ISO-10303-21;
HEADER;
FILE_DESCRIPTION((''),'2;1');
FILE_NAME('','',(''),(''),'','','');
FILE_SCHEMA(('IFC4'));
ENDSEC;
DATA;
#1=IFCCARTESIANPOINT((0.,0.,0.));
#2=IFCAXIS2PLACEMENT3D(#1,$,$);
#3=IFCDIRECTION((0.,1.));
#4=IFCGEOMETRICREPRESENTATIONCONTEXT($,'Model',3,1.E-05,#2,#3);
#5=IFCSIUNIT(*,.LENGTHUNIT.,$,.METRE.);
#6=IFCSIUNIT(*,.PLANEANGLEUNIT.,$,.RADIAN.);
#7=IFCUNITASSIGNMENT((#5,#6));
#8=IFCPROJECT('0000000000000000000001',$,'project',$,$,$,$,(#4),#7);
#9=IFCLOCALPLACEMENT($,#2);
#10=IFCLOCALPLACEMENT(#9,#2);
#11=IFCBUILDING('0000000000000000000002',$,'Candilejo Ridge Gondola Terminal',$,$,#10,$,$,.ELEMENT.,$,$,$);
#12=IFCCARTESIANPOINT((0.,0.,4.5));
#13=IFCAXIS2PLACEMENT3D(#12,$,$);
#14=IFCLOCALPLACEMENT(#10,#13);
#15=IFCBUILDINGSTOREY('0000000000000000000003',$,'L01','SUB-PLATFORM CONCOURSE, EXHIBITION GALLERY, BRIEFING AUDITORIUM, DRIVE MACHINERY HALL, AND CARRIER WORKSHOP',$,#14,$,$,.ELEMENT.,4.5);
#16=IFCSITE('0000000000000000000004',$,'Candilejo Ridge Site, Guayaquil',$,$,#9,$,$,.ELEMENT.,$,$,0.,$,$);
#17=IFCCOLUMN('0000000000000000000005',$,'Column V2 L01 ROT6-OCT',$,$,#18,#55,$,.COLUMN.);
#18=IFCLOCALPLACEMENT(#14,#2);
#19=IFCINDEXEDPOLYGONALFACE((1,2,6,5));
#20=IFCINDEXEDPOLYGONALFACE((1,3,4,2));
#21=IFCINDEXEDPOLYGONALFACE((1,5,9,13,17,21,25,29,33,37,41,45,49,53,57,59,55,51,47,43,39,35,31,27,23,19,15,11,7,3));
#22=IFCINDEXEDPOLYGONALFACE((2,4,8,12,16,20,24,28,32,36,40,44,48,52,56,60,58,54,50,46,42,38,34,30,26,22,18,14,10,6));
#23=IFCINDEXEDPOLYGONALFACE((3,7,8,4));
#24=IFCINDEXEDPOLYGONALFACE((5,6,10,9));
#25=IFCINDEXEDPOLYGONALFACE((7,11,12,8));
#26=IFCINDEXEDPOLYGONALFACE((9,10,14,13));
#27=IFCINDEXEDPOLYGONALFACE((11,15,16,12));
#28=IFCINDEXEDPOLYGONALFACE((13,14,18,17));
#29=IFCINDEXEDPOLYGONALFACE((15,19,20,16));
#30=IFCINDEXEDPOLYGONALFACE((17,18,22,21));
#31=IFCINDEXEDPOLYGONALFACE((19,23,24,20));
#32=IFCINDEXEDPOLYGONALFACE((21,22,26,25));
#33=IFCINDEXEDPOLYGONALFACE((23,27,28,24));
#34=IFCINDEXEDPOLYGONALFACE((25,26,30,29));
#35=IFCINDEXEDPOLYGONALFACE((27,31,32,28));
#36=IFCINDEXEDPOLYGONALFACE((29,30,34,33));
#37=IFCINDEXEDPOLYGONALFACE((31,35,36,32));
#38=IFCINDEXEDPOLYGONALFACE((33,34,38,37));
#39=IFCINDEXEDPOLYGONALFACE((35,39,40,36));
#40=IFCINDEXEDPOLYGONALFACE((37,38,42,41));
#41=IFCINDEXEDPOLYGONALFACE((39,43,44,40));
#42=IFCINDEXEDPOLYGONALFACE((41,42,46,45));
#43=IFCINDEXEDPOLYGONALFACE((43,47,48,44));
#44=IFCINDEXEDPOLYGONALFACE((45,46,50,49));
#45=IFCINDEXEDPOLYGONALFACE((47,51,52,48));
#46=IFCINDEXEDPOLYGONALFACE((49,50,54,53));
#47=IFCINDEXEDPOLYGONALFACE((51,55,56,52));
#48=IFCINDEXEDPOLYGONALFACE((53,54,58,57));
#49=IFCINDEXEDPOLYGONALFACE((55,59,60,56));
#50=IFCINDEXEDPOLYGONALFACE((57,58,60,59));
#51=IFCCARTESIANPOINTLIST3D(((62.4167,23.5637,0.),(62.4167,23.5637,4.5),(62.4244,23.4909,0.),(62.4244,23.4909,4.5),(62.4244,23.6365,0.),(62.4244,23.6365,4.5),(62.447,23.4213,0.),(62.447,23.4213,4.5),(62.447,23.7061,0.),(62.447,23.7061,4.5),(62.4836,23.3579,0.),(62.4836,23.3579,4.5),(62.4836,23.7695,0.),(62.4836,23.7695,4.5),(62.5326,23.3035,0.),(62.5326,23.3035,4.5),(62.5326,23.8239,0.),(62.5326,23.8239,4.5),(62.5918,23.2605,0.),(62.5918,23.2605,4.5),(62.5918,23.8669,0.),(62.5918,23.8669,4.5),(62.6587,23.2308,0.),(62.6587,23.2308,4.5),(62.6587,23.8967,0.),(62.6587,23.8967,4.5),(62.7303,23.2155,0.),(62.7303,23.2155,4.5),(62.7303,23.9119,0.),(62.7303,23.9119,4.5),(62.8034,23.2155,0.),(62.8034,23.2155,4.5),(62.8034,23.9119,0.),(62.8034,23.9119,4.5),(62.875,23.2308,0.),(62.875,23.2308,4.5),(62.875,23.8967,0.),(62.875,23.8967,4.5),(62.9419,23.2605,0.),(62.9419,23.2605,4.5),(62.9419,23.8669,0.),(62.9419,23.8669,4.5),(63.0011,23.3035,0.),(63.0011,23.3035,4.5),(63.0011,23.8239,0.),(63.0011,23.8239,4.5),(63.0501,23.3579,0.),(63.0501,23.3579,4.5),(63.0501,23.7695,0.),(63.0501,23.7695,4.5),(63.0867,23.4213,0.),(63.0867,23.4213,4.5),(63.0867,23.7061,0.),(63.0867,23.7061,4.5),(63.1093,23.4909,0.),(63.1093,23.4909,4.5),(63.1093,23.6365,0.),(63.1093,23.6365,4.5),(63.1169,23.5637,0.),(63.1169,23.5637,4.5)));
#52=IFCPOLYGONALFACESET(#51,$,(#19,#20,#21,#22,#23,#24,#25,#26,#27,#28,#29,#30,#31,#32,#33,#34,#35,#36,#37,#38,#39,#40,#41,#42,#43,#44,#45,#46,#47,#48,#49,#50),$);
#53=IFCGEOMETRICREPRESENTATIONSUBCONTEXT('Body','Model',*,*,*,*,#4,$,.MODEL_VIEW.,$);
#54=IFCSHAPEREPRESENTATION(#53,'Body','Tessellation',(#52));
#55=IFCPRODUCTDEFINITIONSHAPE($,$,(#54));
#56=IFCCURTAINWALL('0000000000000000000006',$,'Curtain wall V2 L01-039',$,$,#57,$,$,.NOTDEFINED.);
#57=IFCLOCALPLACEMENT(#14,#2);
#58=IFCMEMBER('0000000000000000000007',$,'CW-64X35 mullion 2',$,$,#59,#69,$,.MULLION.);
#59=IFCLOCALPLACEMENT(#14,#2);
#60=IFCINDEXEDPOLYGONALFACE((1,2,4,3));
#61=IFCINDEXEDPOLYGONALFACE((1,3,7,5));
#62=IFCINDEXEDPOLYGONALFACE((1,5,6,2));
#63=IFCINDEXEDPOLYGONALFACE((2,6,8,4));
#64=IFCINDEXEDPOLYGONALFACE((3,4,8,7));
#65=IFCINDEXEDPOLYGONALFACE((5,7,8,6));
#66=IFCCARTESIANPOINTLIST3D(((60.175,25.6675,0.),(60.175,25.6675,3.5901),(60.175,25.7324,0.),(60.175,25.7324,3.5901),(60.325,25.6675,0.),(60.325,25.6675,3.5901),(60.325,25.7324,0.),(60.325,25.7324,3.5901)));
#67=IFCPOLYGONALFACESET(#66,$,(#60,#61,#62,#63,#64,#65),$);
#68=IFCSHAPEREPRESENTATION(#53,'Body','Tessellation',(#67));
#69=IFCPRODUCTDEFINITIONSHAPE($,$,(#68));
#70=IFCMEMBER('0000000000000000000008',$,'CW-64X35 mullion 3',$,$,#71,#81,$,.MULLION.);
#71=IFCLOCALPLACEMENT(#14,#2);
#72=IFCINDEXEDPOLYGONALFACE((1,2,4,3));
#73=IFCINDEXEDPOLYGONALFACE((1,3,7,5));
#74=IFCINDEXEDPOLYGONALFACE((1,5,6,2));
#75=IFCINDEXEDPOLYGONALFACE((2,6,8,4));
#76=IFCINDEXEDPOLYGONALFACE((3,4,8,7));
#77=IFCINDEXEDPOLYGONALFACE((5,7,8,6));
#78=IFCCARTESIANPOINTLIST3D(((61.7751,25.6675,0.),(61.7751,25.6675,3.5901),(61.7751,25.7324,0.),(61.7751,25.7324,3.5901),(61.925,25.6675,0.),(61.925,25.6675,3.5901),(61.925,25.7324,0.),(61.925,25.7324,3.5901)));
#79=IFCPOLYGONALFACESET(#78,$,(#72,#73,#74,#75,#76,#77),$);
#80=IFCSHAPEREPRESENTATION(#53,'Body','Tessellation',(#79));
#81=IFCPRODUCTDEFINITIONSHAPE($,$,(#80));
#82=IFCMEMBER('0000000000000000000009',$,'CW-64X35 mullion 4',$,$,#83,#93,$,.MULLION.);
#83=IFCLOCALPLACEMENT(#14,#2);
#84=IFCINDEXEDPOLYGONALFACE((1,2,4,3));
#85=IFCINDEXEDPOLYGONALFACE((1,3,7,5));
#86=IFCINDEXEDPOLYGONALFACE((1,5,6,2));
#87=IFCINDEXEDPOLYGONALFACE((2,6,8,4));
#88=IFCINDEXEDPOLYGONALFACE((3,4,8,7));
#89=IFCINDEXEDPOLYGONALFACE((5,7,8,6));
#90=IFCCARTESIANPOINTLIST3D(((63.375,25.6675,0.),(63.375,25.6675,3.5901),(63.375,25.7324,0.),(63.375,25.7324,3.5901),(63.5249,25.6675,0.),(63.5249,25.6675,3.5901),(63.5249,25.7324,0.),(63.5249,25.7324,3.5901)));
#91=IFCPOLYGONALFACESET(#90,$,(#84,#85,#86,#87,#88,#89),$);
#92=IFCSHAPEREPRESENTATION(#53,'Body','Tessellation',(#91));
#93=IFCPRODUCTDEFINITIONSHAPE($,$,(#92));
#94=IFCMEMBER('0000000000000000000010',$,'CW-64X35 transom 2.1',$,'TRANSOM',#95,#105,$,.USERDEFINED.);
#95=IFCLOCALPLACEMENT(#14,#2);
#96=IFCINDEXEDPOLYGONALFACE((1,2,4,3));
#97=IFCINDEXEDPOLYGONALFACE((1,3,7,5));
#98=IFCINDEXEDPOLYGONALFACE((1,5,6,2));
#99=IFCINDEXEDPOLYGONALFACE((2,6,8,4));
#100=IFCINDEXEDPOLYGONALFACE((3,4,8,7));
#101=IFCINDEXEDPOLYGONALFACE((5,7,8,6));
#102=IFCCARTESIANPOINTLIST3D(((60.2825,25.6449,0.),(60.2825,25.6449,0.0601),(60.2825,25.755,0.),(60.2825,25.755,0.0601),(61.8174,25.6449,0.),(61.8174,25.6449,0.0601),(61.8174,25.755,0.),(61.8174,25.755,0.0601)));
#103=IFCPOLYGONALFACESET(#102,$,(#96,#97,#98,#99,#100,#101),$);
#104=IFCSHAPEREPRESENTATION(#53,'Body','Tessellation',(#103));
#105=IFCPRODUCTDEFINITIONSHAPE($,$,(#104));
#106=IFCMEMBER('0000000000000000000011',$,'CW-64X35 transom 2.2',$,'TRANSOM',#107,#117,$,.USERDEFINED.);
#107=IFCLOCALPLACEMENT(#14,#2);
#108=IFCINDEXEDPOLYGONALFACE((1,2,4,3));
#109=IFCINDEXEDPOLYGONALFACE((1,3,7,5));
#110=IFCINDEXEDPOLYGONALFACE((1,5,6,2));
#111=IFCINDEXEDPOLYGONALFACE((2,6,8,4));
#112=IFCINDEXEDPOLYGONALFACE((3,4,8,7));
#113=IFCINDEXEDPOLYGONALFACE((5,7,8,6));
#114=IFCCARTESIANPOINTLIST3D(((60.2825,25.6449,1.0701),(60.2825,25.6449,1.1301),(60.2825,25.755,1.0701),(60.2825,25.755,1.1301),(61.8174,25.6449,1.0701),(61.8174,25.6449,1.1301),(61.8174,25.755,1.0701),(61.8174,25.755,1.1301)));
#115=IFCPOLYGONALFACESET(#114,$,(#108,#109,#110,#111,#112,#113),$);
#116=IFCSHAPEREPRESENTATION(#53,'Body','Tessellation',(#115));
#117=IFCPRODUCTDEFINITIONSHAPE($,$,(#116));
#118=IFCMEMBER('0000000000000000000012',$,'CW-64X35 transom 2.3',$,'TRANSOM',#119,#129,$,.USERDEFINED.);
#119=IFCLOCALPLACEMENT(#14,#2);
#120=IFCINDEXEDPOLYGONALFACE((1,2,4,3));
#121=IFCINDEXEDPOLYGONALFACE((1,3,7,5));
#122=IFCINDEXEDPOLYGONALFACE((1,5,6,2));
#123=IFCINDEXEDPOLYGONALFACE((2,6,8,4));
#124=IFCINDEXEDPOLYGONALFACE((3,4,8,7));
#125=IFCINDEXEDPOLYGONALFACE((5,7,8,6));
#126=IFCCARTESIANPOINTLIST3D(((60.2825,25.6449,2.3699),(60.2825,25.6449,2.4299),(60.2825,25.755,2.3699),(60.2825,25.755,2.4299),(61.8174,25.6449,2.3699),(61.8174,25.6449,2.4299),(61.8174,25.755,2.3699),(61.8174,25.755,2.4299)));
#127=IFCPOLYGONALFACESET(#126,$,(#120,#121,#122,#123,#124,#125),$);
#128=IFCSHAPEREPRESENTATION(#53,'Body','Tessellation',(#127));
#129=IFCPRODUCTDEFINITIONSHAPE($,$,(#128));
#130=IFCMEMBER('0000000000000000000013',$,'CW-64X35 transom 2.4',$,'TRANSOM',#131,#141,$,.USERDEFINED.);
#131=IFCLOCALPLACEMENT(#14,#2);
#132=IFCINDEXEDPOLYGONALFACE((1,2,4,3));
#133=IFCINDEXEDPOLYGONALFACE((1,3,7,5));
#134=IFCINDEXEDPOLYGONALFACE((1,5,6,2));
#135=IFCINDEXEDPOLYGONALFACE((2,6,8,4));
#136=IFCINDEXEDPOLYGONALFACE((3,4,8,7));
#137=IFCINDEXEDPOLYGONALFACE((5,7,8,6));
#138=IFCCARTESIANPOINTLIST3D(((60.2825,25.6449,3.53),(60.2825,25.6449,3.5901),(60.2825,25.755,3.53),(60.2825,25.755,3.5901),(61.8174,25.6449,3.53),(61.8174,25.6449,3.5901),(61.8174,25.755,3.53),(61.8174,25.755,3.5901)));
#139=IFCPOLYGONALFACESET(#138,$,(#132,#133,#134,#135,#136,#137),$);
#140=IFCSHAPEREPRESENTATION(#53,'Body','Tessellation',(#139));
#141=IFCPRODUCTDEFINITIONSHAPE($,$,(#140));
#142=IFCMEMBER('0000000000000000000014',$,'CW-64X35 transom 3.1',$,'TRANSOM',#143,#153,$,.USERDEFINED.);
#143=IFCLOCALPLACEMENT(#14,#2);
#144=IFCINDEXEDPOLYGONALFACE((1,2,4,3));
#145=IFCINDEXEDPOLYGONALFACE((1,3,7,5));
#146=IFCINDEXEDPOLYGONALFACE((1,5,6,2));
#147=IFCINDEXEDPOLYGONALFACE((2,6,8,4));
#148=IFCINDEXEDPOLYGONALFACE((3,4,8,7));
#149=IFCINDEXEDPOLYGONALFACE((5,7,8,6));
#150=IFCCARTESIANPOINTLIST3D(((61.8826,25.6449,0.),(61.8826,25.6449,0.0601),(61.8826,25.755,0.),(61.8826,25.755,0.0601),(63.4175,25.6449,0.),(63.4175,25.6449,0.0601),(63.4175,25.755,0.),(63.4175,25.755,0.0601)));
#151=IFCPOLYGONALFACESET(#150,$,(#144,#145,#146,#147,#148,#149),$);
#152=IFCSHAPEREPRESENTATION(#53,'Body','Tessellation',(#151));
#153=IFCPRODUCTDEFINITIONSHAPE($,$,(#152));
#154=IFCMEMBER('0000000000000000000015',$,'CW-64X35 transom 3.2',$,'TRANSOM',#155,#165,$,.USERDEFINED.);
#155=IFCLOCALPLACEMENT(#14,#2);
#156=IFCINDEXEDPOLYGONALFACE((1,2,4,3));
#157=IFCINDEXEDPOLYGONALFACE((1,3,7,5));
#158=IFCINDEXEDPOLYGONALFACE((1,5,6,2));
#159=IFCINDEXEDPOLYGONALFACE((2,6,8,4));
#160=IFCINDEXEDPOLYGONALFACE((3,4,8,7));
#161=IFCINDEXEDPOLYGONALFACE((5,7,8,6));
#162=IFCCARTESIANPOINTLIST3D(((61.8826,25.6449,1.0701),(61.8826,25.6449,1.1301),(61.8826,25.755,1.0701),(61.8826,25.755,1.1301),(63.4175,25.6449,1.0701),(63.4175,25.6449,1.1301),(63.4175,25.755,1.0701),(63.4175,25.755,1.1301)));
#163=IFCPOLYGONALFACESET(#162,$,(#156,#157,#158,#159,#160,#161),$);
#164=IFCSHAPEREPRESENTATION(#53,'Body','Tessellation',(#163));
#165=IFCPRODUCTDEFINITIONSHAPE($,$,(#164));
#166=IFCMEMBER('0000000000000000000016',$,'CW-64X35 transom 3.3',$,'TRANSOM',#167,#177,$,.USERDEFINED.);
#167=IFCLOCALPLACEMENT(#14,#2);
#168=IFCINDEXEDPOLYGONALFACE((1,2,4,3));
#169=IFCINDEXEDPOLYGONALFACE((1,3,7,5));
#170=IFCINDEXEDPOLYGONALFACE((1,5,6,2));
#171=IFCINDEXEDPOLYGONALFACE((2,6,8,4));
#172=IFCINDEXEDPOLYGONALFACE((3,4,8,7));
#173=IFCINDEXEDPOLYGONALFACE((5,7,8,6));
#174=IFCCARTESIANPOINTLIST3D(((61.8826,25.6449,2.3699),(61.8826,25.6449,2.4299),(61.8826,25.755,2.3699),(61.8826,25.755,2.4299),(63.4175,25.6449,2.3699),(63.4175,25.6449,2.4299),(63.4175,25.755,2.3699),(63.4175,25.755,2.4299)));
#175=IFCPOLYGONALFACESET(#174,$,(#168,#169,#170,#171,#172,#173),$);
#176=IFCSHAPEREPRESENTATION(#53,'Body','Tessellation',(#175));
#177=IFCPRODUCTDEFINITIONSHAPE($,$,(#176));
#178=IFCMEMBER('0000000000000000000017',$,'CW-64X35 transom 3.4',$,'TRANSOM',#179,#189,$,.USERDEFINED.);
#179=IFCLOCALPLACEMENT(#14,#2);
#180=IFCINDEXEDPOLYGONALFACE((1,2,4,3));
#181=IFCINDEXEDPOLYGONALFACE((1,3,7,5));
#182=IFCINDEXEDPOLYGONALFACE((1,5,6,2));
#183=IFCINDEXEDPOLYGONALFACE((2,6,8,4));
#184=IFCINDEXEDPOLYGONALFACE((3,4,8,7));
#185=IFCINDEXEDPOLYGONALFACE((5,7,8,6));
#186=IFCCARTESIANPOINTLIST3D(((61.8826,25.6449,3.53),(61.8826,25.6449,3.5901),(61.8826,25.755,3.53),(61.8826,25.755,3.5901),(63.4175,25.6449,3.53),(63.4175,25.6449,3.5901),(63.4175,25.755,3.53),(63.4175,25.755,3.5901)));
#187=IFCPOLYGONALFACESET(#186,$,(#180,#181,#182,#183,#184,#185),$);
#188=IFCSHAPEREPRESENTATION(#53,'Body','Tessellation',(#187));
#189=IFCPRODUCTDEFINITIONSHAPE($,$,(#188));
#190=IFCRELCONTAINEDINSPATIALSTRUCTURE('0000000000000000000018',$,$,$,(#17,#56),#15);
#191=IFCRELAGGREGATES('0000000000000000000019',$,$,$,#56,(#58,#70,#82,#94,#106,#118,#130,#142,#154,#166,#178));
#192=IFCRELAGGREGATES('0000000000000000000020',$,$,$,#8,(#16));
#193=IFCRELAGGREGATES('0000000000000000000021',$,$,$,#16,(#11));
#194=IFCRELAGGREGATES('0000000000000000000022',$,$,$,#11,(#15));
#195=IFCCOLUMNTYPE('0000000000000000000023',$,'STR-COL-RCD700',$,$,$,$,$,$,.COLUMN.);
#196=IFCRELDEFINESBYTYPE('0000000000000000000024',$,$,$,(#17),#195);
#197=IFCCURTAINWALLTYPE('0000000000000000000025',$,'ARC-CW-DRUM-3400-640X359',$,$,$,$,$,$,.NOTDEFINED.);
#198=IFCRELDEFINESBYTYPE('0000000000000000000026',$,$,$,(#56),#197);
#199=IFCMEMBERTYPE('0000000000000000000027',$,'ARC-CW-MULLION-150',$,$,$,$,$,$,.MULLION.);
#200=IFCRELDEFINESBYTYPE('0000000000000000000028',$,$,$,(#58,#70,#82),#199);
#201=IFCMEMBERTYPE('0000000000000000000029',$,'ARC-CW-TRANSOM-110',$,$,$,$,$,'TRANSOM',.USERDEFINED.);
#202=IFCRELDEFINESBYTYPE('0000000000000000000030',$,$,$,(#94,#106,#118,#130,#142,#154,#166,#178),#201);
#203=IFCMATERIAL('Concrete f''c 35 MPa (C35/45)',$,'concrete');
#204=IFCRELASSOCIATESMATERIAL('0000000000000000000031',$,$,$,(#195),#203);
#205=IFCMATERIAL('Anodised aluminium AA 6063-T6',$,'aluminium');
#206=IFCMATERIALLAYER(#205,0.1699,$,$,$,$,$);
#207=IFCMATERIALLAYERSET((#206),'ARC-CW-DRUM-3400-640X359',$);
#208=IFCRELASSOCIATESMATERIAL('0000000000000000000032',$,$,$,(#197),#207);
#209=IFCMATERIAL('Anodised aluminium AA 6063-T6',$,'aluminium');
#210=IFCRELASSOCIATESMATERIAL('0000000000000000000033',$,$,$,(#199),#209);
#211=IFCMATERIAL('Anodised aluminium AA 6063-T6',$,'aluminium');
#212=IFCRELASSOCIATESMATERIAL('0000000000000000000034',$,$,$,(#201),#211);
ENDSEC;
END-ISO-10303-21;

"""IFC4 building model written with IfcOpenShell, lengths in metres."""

from ifc_helpers import new_model, si_unit, direction, frame, origin, origin_2d, place, context, subcontext, project, spatial, rectangle, circle, extrude, material, layer, layer_set, material_profile, profile_set, type_object, element, aggregate, save


model = new_model("IFC4")

# Units and contexts
model_context = context("Model", 3, precision=1e-05, world=origin(), true_north=direction((0.0, 1.0)))
body_context = subcontext(model_context, "Body", "Model", "MODEL_VIEW")
ifc_project = project(units=[si_unit("LENGTHUNIT", "METRE"), si_unit("PLANEANGLEUNIT", "RADIAN")], contexts=[model_context])

# Site, building, storey
site_placement = place(None, origin())
site = spatial("IfcSite", under=ifc_project, at=site_placement, Name="Candilejo Ridge Site, Guayaquil", CompositionType="ELEMENT", RefElevation=0.0)
building_placement = place(site_placement, origin())
building = spatial("IfcBuilding", under=site, at=building_placement, Name="Candilejo Ridge Gondola Terminal", CompositionType="ELEMENT")
storey_placement = place(building_placement, frame((0.0, 0.0, 4.5)))
storey = spatial("IfcBuildingStorey", under=building, at=storey_placement, Name="L01", Description="SUB-PLATFORM CONCOURSE, EXHIBITION GALLERY, BRIEFING AUDITORIUM, DRIVE MACHINERY HALL, AND CARRIER WORKSHOP", CompositionType="ELEMENT", Elevation=4.5)

# Column
ifc_material_1 = material(Name="Concrete f'c 35 MPa (C35/45)", Category="concrete")
ifc_material_profile_1 = material_profile(ifc_material_1, circle(Radius=0.3501, at=origin_2d()))
ifc_profile_set_1 = profile_set([ifc_material_profile_1], Name="Concrete f'c 35 MPa (C35/45)")
column_type = type_object("IfcColumnType", Name="STR-COL-RCD700", PredefinedType="COLUMN", material=ifc_profile_set_1)
column_placement = place(storey_placement, frame((62.7668, 23.5637, 0.0), z_axis=(0.0, 0.0, 1.0), x_axis=(1.0, 0.0, 0.0)))
element("IfcColumn", 1, at=column_placement, inside=storey, type_object=column_type, Name="Column V2 L01 ROT6-OCT", PredefinedType="COLUMN", context=body_context, shape_type="SweptSolid", body=[
    extrude(circle(Radius=0.3501, at=origin_2d()), origin(), (0.0, 0.0, 1.0), 4.5),
])

# Curtain wall, members
ifc_material_2 = material(Name="Anodised aluminium AA 6063-T6", Category="aluminium")
ifc_layer_1 = layer(ifc_material_2, 0.1699)
ifc_layer_set_1 = layer_set([ifc_layer_1], Name="ARC-CW-DRUM-3400-640X359")
curtain_wall_type = type_object("IfcCurtainWallType", Name="ARC-CW-DRUM-3400-640X359", PredefinedType="NOTDEFINED", material=ifc_layer_set_1)
curtain_wall_placement = place(storey_placement, origin())
curtain_wall = element("IfcCurtainWall", 2, at=curtain_wall_placement, inside=storey, type_object=curtain_wall_type, Name="Curtain wall V2 L01-039", PredefinedType="NOTDEFINED")
ifc_material_3 = material(Name="Anodised aluminium AA 6063-T6", Category="aluminium")
ifc_material_profile_2 = material_profile(ifc_material_3, rectangle(XDim=0.0649, YDim=0.1499, at=origin_2d()))
ifc_profile_set_2 = profile_set([ifc_material_profile_2], Name="Anodised aluminium AA 6063-T6")
member_type_1 = type_object("IfcMemberType", Name="ARC-CW-MULLION-150", PredefinedType="MULLION", material=ifc_profile_set_2)
member_1_placement = place(storey_placement, frame((60.25, 25.7, 0.0), z_axis=(0.0, 0.0, 1.0), x_axis=(0.0, 1.0, 0.0)))
member_1 = element("IfcMember", 3, at=member_1_placement, type_object=member_type_1, Name="CW-64X35 mullion 2", PredefinedType="MULLION", context=body_context, shape_type="SweptSolid", body=[
    extrude(rectangle(XDim=0.0649, YDim=0.1499, at=origin_2d()), origin(), (0.0, 0.0, 1.0), 3.5901),
])
member_2_placement = place(storey_placement, frame((61.8501, 25.7, 0.0), z_axis=(0.0, 0.0, 1.0), x_axis=(0.0, 1.0, 0.0)))
member_2 = element("IfcMember", 4, at=member_2_placement, type_object=member_type_1, Name="CW-64X35 mullion 3", PredefinedType="MULLION", context=body_context, shape_type="SweptSolid", body=[
    extrude(rectangle(XDim=0.0649, YDim=0.1499, at=origin_2d()), origin(), (0.0, 0.0, 1.0), 3.5901),
])
member_3_placement = place(storey_placement, frame((63.45, 25.7, 0.0), z_axis=(0.0, 0.0, 1.0), x_axis=(0.0, 1.0, 0.0)))
member_3 = element("IfcMember", 5, at=member_3_placement, type_object=member_type_1, Name="CW-64X35 mullion 4", PredefinedType="MULLION", context=body_context, shape_type="SweptSolid", body=[
    extrude(rectangle(XDim=0.0649, YDim=0.1499, at=origin_2d()), origin(), (0.0, 0.0, 1.0), 3.5901),
])
ifc_material_4 = material(Name="Anodised aluminium AA 6063-T6", Category="aluminium")
ifc_material_profile_3 = material_profile(ifc_material_4, rectangle(XDim=0.1101, YDim=0.0601, at=origin_2d()))
ifc_profile_set_3 = profile_set([ifc_material_profile_3], Name="Anodised aluminium AA 6063-T6")
member_type_2 = type_object("IfcMemberType", Name="ARC-CW-TRANSOM-110", ElementType="TRANSOM", PredefinedType="USERDEFINED", material=ifc_profile_set_3)
member_4_placement = place(storey_placement, frame((60.2825, 25.7, 0.03), z_axis=(1.0, 0.0, 0.0), x_axis=(0.0, 1.0, 0.0)))
member_4 = element("IfcMember", 6, at=member_4_placement, type_object=member_type_2, Name="CW-64X35 transom 2.1", ObjectType="TRANSOM", PredefinedType="USERDEFINED", context=body_context, shape_type="SweptSolid", body=[
    extrude(rectangle(XDim=0.1101, YDim=0.0601, at=origin_2d()), origin(), (0.0, 0.0, 1.0), 1.5349),
])
member_5_placement = place(storey_placement, frame((60.2825, 25.7, 1.1001), z_axis=(1.0, 0.0, 0.0), x_axis=(0.0, 1.0, 0.0)))
member_5 = element("IfcMember", 7, at=member_5_placement, type_object=member_type_2, Name="CW-64X35 transom 2.2", ObjectType="TRANSOM", PredefinedType="USERDEFINED", context=body_context, shape_type="SweptSolid", body=[
    extrude(rectangle(XDim=0.1101, YDim=0.0601, at=origin_2d()), origin(), (0.0, 0.0, 1.0), 1.5349),
])
member_6_placement = place(storey_placement, frame((60.2825, 25.7, 2.3999), z_axis=(1.0, 0.0, 0.0), x_axis=(0.0, 1.0, 0.0)))
member_6 = element("IfcMember", 8, at=member_6_placement, type_object=member_type_2, Name="CW-64X35 transom 2.3", ObjectType="TRANSOM", PredefinedType="USERDEFINED", context=body_context, shape_type="SweptSolid", body=[
    extrude(rectangle(XDim=0.1101, YDim=0.0601, at=origin_2d()), origin(), (0.0, 0.0, 1.0), 1.5349),
])
member_7_placement = place(storey_placement, frame((60.2825, 25.7, 3.5601), z_axis=(1.0, 0.0, 0.0), x_axis=(0.0, 1.0, 0.0)))
member_7 = element("IfcMember", 9, at=member_7_placement, type_object=member_type_2, Name="CW-64X35 transom 2.4", ObjectType="TRANSOM", PredefinedType="USERDEFINED", context=body_context, shape_type="SweptSolid", body=[
    extrude(rectangle(XDim=0.1101, YDim=0.0601, at=origin_2d()), origin(), (0.0, 0.0, 1.0), 1.5349),
])
member_8_placement = place(storey_placement, frame((61.8826, 25.7, 0.03), z_axis=(1.0, 0.0, 0.0), x_axis=(0.0, 1.0, 0.0)))
member_8 = element("IfcMember", 10, at=member_8_placement, type_object=member_type_2, Name="CW-64X35 transom 3.1", ObjectType="TRANSOM", PredefinedType="USERDEFINED", context=body_context, shape_type="SweptSolid", body=[
    extrude(rectangle(XDim=0.1101, YDim=0.0601, at=origin_2d()), origin(), (0.0, 0.0, 1.0), 1.5349),
])
member_9_placement = place(storey_placement, frame((61.8826, 25.7, 1.1001), z_axis=(1.0, 0.0, 0.0), x_axis=(0.0, 1.0, 0.0)))
member_9 = element("IfcMember", 11, at=member_9_placement, type_object=member_type_2, Name="CW-64X35 transom 3.2", ObjectType="TRANSOM", PredefinedType="USERDEFINED", context=body_context, shape_type="SweptSolid", body=[
    extrude(rectangle(XDim=0.1101, YDim=0.0601, at=origin_2d()), origin(), (0.0, 0.0, 1.0), 1.5349),
])
member_10_placement = place(storey_placement, frame((61.8826, 25.7, 2.3999), z_axis=(1.0, 0.0, 0.0), x_axis=(0.0, 1.0, 0.0)))
member_10 = element("IfcMember", 12, at=member_10_placement, type_object=member_type_2, Name="CW-64X35 transom 3.3", ObjectType="TRANSOM", PredefinedType="USERDEFINED", context=body_context, shape_type="SweptSolid", body=[
    extrude(rectangle(XDim=0.1101, YDim=0.0601, at=origin_2d()), origin(), (0.0, 0.0, 1.0), 1.5349),
])
member_11_placement = place(storey_placement, frame((61.8826, 25.7, 3.5601), z_axis=(1.0, 0.0, 0.0), x_axis=(0.0, 1.0, 0.0)))
member_11 = element("IfcMember", 13, at=member_11_placement, type_object=member_type_2, Name="CW-64X35 transom 3.4", ObjectType="TRANSOM", PredefinedType="USERDEFINED", context=body_context, shape_type="SweptSolid", body=[
    extrude(rectangle(XDim=0.1101, YDim=0.0601, at=origin_2d()), origin(), (0.0, 0.0, 1.0), 1.5349),
])

aggregate(curtain_wall, [member_1, member_2, member_3, member_4, member_5, member_6, member_7, member_8, member_9, member_10, member_11])

save(model, "model.ifc")
